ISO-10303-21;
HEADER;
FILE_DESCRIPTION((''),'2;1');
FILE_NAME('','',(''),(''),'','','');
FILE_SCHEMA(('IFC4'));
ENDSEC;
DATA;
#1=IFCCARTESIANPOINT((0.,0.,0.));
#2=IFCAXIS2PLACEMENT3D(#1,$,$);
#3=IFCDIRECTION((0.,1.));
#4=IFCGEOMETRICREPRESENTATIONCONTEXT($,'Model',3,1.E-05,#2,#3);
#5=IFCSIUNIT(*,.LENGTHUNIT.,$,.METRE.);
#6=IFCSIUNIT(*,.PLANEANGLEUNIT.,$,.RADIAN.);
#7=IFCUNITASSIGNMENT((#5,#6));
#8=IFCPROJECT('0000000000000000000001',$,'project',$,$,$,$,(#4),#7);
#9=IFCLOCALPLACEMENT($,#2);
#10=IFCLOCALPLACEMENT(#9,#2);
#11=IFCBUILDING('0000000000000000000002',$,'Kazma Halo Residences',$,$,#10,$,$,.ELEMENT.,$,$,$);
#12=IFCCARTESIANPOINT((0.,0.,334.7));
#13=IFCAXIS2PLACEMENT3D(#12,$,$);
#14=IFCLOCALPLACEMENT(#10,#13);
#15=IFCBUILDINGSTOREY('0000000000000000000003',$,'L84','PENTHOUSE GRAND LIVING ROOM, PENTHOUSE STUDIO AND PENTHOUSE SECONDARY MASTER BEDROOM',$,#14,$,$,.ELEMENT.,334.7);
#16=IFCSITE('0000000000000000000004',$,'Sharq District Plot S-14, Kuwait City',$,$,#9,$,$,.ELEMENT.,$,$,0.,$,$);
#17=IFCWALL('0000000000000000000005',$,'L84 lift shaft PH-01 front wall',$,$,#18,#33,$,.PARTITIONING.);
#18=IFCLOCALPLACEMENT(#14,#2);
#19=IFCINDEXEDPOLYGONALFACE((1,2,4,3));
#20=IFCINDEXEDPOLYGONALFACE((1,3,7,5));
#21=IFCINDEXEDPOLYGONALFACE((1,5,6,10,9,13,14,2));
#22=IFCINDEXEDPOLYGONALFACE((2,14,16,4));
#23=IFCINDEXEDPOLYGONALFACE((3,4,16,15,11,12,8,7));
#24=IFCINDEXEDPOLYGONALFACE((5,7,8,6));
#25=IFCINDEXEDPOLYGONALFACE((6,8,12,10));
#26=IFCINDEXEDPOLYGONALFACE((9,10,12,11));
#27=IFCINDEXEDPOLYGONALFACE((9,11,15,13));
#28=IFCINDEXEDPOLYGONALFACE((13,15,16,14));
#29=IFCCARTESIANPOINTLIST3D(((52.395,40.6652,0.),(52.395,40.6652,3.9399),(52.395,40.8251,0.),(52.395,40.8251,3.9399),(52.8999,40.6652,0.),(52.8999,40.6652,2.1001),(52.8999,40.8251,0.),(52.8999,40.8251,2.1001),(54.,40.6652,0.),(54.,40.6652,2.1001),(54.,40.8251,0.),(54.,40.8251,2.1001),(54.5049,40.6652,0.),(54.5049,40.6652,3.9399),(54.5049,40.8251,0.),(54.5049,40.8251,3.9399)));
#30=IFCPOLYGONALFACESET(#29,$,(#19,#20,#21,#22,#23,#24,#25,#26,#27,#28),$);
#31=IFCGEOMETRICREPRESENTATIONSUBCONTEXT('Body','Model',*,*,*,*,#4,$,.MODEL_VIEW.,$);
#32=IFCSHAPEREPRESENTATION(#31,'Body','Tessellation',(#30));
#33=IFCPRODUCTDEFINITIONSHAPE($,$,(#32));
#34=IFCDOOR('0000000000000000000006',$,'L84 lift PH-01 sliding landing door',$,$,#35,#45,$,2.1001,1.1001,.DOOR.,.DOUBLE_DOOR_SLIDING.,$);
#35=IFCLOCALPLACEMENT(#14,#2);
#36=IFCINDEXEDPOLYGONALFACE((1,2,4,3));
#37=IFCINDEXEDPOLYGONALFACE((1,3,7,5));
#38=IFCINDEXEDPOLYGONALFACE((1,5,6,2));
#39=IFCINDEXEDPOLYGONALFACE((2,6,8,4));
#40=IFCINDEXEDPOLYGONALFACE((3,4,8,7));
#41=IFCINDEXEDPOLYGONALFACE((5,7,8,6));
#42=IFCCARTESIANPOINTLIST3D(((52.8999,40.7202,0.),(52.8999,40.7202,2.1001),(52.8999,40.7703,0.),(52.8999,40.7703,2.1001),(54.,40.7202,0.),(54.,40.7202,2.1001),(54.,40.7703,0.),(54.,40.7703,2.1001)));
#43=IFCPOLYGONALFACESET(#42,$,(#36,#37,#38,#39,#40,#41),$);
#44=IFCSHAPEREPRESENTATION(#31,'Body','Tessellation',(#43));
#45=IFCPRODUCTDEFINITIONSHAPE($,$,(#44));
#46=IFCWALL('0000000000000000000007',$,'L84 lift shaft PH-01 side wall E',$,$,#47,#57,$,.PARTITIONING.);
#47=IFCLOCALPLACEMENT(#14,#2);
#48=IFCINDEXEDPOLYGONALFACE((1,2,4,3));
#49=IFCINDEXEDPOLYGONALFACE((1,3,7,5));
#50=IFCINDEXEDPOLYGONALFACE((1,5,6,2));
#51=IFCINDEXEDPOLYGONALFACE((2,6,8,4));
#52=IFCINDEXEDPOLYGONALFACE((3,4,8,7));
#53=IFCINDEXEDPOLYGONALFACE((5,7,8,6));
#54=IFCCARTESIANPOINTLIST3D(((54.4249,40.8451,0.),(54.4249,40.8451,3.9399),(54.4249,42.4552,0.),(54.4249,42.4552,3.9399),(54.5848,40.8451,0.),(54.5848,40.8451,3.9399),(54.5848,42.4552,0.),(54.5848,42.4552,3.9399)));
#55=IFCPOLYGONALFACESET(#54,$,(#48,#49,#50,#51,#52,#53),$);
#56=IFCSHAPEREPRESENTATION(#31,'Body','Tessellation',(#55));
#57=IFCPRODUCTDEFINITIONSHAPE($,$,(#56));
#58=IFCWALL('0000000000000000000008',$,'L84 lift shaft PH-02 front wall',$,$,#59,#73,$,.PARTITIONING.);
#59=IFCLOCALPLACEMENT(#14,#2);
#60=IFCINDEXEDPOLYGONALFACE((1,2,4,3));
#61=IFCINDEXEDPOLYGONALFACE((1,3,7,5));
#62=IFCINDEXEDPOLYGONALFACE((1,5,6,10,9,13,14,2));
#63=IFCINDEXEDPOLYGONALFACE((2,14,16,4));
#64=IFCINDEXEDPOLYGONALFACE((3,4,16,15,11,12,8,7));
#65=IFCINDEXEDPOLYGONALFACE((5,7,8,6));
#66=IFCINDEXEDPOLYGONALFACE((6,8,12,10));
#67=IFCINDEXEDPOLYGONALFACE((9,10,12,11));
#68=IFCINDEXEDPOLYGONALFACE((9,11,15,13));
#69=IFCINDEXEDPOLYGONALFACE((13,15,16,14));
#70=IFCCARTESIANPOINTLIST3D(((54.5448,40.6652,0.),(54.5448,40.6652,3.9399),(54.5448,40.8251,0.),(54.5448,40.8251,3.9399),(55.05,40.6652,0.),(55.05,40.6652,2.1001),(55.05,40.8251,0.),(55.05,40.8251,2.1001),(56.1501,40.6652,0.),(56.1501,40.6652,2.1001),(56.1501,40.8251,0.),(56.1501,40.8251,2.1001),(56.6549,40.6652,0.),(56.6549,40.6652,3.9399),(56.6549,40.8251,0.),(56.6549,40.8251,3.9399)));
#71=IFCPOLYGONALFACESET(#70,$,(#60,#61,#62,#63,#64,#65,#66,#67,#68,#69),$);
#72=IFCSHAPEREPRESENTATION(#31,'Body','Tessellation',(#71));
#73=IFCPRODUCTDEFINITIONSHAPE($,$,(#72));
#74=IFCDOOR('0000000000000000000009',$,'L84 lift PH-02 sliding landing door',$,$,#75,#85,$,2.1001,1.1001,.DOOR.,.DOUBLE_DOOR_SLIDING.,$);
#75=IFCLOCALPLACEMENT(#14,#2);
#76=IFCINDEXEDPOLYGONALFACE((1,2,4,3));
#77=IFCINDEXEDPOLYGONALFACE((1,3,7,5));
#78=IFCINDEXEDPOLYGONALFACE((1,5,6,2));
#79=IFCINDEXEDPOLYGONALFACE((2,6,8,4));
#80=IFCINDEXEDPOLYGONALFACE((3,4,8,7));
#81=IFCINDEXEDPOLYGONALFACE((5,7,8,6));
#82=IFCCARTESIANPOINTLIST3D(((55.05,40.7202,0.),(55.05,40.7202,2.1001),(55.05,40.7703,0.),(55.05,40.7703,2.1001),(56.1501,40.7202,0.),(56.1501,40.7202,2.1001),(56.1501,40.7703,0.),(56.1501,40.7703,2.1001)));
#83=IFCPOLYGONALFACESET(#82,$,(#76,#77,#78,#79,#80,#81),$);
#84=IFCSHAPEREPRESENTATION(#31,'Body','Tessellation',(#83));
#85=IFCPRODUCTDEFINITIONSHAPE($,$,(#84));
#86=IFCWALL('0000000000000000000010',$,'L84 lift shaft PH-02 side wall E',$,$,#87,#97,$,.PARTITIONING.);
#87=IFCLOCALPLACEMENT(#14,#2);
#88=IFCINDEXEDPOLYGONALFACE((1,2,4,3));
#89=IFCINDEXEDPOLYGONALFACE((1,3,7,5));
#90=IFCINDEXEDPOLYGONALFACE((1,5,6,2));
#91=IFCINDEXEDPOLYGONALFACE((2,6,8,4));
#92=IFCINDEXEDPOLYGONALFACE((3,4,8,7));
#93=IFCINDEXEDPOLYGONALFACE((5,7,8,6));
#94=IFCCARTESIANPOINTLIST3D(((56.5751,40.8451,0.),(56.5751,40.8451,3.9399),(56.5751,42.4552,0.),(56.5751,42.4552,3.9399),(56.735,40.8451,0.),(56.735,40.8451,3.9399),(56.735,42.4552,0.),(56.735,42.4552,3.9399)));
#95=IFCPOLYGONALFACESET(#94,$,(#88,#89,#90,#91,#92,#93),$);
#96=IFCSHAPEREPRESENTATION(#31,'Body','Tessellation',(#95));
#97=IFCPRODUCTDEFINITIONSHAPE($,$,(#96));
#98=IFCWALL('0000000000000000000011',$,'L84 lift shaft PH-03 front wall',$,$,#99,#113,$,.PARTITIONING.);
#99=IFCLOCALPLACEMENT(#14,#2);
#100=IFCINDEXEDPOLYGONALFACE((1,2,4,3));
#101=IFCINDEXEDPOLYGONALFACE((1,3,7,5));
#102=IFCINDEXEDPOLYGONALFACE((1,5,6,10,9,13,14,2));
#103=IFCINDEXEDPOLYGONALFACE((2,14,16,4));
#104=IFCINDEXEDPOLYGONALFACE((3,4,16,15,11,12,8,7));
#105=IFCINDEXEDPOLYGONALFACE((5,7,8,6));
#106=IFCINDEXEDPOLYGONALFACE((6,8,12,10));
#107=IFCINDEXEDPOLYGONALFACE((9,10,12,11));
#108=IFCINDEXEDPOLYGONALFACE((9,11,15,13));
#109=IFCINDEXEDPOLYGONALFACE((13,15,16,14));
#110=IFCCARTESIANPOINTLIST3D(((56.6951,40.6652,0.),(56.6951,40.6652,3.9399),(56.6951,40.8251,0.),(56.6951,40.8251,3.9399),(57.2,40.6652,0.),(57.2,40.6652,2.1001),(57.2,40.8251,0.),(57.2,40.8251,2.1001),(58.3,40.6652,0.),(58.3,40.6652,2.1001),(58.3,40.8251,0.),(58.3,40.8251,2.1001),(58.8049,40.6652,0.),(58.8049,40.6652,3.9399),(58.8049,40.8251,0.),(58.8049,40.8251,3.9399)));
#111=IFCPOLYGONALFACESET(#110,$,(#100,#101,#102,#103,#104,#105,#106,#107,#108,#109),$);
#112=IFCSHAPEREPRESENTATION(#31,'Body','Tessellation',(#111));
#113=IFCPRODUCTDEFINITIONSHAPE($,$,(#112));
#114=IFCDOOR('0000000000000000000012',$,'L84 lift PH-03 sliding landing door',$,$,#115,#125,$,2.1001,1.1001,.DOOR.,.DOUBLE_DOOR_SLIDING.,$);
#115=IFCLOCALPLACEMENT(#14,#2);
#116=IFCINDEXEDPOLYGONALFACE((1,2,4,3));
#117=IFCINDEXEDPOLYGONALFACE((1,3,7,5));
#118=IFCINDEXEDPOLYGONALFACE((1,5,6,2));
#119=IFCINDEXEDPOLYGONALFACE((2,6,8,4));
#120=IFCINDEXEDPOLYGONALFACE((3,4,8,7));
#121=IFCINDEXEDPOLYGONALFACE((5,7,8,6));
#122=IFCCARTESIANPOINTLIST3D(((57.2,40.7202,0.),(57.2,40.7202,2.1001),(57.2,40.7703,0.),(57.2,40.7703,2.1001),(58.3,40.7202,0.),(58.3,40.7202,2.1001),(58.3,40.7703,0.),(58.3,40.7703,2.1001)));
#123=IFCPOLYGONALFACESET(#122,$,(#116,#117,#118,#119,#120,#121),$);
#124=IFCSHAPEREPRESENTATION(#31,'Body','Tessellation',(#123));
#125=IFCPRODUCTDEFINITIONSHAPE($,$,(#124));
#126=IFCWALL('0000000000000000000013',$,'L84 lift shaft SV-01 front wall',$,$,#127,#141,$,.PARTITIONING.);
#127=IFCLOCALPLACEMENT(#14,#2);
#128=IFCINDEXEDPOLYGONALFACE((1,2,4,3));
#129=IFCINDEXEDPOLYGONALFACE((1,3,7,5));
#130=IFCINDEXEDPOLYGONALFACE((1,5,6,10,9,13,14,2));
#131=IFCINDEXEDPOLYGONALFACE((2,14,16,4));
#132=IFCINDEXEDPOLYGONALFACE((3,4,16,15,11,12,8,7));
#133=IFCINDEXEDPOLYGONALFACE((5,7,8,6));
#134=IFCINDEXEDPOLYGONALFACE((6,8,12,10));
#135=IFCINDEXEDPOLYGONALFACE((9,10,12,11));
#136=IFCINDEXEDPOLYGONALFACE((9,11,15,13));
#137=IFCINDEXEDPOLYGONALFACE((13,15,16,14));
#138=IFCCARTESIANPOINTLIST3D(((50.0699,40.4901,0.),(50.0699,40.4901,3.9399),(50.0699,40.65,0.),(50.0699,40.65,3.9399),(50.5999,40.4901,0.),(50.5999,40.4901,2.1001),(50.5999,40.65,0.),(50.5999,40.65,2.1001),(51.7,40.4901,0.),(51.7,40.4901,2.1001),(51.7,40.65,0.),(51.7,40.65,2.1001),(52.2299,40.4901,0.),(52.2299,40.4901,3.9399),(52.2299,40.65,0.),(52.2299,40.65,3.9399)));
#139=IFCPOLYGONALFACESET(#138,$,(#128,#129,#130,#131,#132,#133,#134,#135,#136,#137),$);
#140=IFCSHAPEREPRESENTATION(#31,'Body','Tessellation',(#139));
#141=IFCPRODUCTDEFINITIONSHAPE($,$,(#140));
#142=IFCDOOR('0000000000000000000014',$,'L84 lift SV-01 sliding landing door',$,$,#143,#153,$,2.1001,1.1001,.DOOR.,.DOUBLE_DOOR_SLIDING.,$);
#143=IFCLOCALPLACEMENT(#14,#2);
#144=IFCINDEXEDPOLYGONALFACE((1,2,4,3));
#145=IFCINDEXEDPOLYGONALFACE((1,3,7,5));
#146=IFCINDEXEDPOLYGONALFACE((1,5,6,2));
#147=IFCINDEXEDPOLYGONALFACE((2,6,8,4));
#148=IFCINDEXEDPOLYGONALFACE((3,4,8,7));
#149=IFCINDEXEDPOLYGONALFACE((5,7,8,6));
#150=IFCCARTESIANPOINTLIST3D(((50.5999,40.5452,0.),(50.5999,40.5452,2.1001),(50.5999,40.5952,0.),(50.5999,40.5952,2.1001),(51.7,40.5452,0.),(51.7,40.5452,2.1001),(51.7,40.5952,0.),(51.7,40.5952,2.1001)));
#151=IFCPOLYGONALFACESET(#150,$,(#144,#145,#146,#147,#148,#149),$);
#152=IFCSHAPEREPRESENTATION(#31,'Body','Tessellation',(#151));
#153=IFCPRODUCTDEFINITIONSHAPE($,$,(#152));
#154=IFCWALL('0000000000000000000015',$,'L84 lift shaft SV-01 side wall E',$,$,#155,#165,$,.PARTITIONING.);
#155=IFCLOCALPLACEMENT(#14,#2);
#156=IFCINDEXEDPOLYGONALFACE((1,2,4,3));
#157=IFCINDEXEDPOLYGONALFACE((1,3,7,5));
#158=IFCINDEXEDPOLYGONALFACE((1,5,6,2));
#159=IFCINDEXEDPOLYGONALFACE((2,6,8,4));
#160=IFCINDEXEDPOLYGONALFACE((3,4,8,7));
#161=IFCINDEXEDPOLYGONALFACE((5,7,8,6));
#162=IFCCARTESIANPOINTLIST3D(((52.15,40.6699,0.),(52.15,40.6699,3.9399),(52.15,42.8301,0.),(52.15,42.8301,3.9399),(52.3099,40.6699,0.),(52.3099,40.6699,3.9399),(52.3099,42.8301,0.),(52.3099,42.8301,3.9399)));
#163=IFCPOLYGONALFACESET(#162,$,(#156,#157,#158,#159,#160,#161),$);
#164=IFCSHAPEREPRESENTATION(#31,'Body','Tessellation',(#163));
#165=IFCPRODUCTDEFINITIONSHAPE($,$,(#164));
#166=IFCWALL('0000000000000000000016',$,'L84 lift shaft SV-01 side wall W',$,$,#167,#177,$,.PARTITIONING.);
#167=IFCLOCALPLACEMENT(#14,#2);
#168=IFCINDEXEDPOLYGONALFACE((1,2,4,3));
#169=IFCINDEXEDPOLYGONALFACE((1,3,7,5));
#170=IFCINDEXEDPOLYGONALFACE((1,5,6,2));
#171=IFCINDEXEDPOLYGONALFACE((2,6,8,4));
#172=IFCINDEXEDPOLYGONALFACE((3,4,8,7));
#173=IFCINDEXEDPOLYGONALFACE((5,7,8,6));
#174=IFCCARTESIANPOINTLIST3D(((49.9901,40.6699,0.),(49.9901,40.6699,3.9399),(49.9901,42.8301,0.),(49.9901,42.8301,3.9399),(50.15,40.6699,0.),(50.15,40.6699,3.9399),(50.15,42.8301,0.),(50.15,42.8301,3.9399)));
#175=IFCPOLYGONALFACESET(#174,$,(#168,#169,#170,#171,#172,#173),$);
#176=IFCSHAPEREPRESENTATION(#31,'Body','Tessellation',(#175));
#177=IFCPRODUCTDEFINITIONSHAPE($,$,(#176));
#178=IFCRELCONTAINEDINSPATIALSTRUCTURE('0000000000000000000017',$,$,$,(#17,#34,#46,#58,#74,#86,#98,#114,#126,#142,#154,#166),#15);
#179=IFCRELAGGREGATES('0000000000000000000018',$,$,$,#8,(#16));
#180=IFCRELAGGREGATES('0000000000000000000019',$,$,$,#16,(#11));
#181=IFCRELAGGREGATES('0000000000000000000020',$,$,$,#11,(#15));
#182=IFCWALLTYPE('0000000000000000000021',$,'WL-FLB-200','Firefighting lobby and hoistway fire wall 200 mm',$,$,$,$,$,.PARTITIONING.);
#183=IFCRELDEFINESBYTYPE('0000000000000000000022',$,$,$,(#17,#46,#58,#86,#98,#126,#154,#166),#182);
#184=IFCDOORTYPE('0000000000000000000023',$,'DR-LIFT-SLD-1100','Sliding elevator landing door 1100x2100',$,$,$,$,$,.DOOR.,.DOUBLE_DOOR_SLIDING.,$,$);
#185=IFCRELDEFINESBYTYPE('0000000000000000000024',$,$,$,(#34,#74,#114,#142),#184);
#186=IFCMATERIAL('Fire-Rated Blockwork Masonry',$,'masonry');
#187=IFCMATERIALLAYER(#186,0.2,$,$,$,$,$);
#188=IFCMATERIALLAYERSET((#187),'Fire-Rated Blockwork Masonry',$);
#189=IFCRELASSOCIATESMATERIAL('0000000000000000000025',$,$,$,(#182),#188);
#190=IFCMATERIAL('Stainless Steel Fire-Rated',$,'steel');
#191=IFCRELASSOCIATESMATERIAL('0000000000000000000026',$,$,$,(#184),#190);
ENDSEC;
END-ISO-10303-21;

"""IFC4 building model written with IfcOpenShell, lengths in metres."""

from ifc_helpers import new_model, si_unit, direction, frame, frame_2d, origin, place, context, subcontext, project, spatial, rectangle, extrude, material, layer, layer_set, type_object, element, fill, save


model = new_model("IFC4")

# Units and contexts
model_context = context("Model", 3, precision=1e-05, world=origin(), true_north=direction((0.0, 1.0)))
body_context = subcontext(model_context, "Body", "Model", "MODEL_VIEW")
ifc_project = project(units=[si_unit("LENGTHUNIT", "METRE"), si_unit("PLANEANGLEUNIT", "RADIAN")], contexts=[model_context])

# Site, building, storey
site_placement = place(None, origin())
site = spatial("IfcSite", under=ifc_project, at=site_placement, Name="Sharq District Plot S-14, Kuwait City", CompositionType="ELEMENT", RefElevation=0.0)
building_placement = place(site_placement, origin())
building = spatial("IfcBuilding", under=site, at=building_placement, Name="Kazma Halo Residences", CompositionType="ELEMENT")
storey_placement = place(building_placement, frame((0.0, 0.0, 334.7)))
storey = spatial("IfcBuildingStorey", under=building, at=storey_placement, Name="L84", Description="PENTHOUSE GRAND LIVING ROOM, PENTHOUSE STUDIO AND PENTHOUSE SECONDARY MASTER BEDROOM", CompositionType="ELEMENT", Elevation=334.7)

# Wall, opening, door
ifc_material_1 = material(Name="Fire-Rated Blockwork Masonry", Category="masonry")
ifc_layer_1 = layer(ifc_material_1, 0.2)
ifc_layer_set_1 = layer_set([ifc_layer_1], Name="Fire-Rated Blockwork Masonry")
wall_type_1 = type_object("IfcWallType", Name="WL-FLB-200", Description="Firefighting lobby and hoistway fire wall 200 mm", PredefinedType="PARTITIONING", material=ifc_layer_set_1)
wall_1_placement = place(storey_placement, frame((54.5049, 40.7451, 0.0), z_axis=(0.0, 0.0, 1.0), x_axis=(-1.0, 0.0, 0.0)))
wall_1 = element("IfcWall", 1, at=wall_1_placement, inside=storey, type_object=wall_type_1, Name="L84 lift shaft PH-01 front wall", PredefinedType="PARTITIONING", context=body_context, shape_type="SweptSolid", body=[
    extrude(rectangle(XDim=2.1099, YDim=0.1599, at=frame_2d((1.0549, 0.0))), origin(), (0.0, 0.0, 1.0), 3.9399),
])
opening_1_placement = place(wall_1_placement, frame((0.5049, 0.0, 0.0)))
opening_1 = element("IfcOpeningElement", 2, at=opening_1_placement, cuts=wall_1, PredefinedType="OPENING", context=body_context, shape_type="SweptSolid", body=[
    extrude(rectangle(XDim=1.1001, YDim=2.1001, at=frame_2d((0.55, 1.05))), frame((0.0, 0.0898, 0.0), z_axis=(0.0, -1.0, 0.0), x_axis=(1.0, 0.0, 0.0)), (0.0, 0.0, 1.0), 0.1799),
])
ifc_material_2 = material(Name="Stainless Steel Fire-Rated", Category="steel")
door_type_1 = type_object("IfcDoorType", Name="DR-LIFT-SLD-1100", Description="Sliding elevator landing door 1100x2100", OperationType="DOUBLE_DOOR_SLIDING", PredefinedType="DOOR", material=ifc_material_2)
door_1_placement = place(opening_1_placement, origin())
door_1 = element("IfcDoor", 3, at=door_1_placement, inside=storey, type_object=door_type_1, Name="L84 lift PH-01 sliding landing door", OperationType="DOUBLE_DOOR_SLIDING", OverallHeight=2.1001, OverallWidth=1.1001, PredefinedType="DOOR", context=body_context, shape_type="SweptSolid", body=[
    extrude(rectangle(XDim=1.1001, YDim=2.1001, at=frame_2d((0.55, 1.05))), frame((0.0, 0.0249, 0.0), z_axis=(0.0, -1.0, 0.0), x_axis=(1.0, 0.0, 0.0)), (0.0, 0.0, 1.0), 0.05),
])
fill(opening_1, door_1)

# Wall
wall_2_placement = place(storey_placement, frame((54.5049, 40.845, 0.0), z_axis=(0.0, 0.0, 1.0), x_axis=(0.0, 1.0, 0.0)))
element("IfcWall", 4, at=wall_2_placement, inside=storey, type_object=wall_type_1, Name="L84 lift shaft PH-01 side wall E", PredefinedType="PARTITIONING", context=body_context, shape_type="SweptSolid", body=[
    extrude(rectangle(XDim=1.6101, YDim=0.1599, at=frame_2d((0.8052, 0.0))), origin(), (0.0, 0.0, 1.0), 3.9399),
])

# Wall, opening, door
wall_3_placement = place(storey_placement, frame((56.655, 40.7451, 0.0), z_axis=(0.0, 0.0, 1.0), x_axis=(-1.0, 0.0, 0.0)))
wall_3 = element("IfcWall", 5, at=wall_3_placement, inside=storey, type_object=wall_type_1, Name="L84 lift shaft PH-02 front wall", PredefinedType="PARTITIONING", context=body_context, shape_type="SweptSolid", body=[
    extrude(rectangle(XDim=2.1101, YDim=0.1599, at=frame_2d((1.0552, 0.0))), origin(), (0.0, 0.0, 1.0), 3.9399),
])
opening_2_placement = place(wall_3_placement, frame((0.5049, 0.0, 0.0)))
opening_2 = element("IfcOpeningElement", 6, at=opening_2_placement, cuts=wall_3, PredefinedType="OPENING", context=body_context, shape_type="SweptSolid", body=[
    extrude(rectangle(XDim=1.1001, YDim=2.1001, at=frame_2d((0.55, 1.05))), frame((0.0, 0.0898, 0.0), z_axis=(0.0, -1.0, 0.0), x_axis=(1.0, 0.0, 0.0)), (0.0, 0.0, 1.0), 0.1799),
])
door_2_placement = place(opening_2_placement, origin())
door_2 = element("IfcDoor", 7, at=door_2_placement, inside=storey, type_object=door_type_1, Name="L84 lift PH-02 sliding landing door", OperationType="DOUBLE_DOOR_SLIDING", OverallHeight=2.1001, OverallWidth=1.1001, PredefinedType="DOOR", context=body_context, shape_type="SweptSolid", body=[
    extrude(rectangle(XDim=1.1001, YDim=2.1001, at=frame_2d((0.55, 1.05))), frame((0.0, 0.0249, 0.0), z_axis=(0.0, -1.0, 0.0), x_axis=(1.0, 0.0, 0.0)), (0.0, 0.0, 1.0), 0.05),
])
fill(opening_2, door_2)

# Wall
wall_4_placement = place(storey_placement, frame((56.655, 40.845, 0.0), z_axis=(0.0, 0.0, 1.0), x_axis=(0.0, 1.0, 0.0)))
element("IfcWall", 8, at=wall_4_placement, inside=storey, type_object=wall_type_1, Name="L84 lift shaft PH-02 side wall E", PredefinedType="PARTITIONING", context=body_context, shape_type="SweptSolid", body=[
    extrude(rectangle(XDim=1.6101, YDim=0.1599, at=frame_2d((0.8052, 0.0))), origin(), (0.0, 0.0, 1.0), 3.9399),
])

# Walls, openings, doors
wall_5_placement = place(storey_placement, frame((58.8049, 40.7451, 0.0), z_axis=(0.0, 0.0, 1.0), x_axis=(-1.0, 0.0, 0.0)))
wall_5 = element("IfcWall", 9, at=wall_5_placement, inside=storey, type_object=wall_type_1, Name="L84 lift shaft PH-03 front wall", PredefinedType="PARTITIONING", context=body_context, shape_type="SweptSolid", body=[
    extrude(rectangle(XDim=2.1099, YDim=0.1599, at=frame_2d((1.0549, 0.0))), origin(), (0.0, 0.0, 1.0), 3.9399),
])
opening_3_placement = place(wall_5_placement, frame((0.5049, 0.0, 0.0)))
opening_3 = element("IfcOpeningElement", 10, at=opening_3_placement, cuts=wall_5, PredefinedType="OPENING", context=body_context, shape_type="SweptSolid", body=[
    extrude(rectangle(XDim=1.1001, YDim=2.1001, at=frame_2d((0.55, 1.05))), frame((0.0, 0.0898, 0.0), z_axis=(0.0, -1.0, 0.0), x_axis=(1.0, 0.0, 0.0)), (0.0, 0.0, 1.0), 0.1799),
])
door_3_placement = place(opening_3_placement, origin())
door_3 = element("IfcDoor", 11, at=door_3_placement, inside=storey, type_object=door_type_1, Name="L84 lift PH-03 sliding landing door", OperationType="DOUBLE_DOOR_SLIDING", OverallHeight=2.1001, OverallWidth=1.1001, PredefinedType="DOOR", context=body_context, shape_type="SweptSolid", body=[
    extrude(rectangle(XDim=1.1001, YDim=2.1001, at=frame_2d((0.55, 1.05))), frame((0.0, 0.0249, 0.0), z_axis=(0.0, -1.0, 0.0), x_axis=(1.0, 0.0, 0.0)), (0.0, 0.0, 1.0), 0.05),
])
fill(opening_3, door_3)
wall_6_placement = place(storey_placement, frame((52.23, 40.5701, 0.0), z_axis=(0.0, 0.0, 1.0), x_axis=(-1.0, 0.0, 0.0)))
wall_6 = element("IfcWall", 12, at=wall_6_placement, inside=storey, type_object=wall_type_1, Name="L84 lift shaft SV-01 front wall", PredefinedType="PARTITIONING", context=body_context, shape_type="SweptSolid", body=[
    extrude(rectangle(XDim=2.1599, YDim=0.1599, at=frame_2d((1.0801, 0.0))), origin(), (0.0, 0.0, 1.0), 3.9399),
])
opening_4_placement = place(wall_6_placement, frame((0.53, 0.0, 0.0)))
opening_4 = element("IfcOpeningElement", 13, at=opening_4_placement, cuts=wall_6, PredefinedType="OPENING", context=body_context, shape_type="SweptSolid", body=[
    extrude(rectangle(XDim=1.1001, YDim=2.1001, at=frame_2d((0.55, 1.05))), frame((0.0, 0.0898, 0.0), z_axis=(0.0, -1.0, 0.0), x_axis=(1.0, 0.0, 0.0)), (0.0, 0.0, 1.0), 0.1799),
])
door_4_placement = place(opening_4_placement, origin())
door_4 = element("IfcDoor", 14, at=door_4_placement, inside=storey, type_object=door_type_1, Name="L84 lift SV-01 sliding landing door", OperationType="DOUBLE_DOOR_SLIDING", OverallHeight=2.1001, OverallWidth=1.1001, PredefinedType="DOOR", context=body_context, shape_type="SweptSolid", body=[
    extrude(rectangle(XDim=1.1001, YDim=2.1001, at=frame_2d((0.55, 1.05))), frame((0.0, 0.0249, 0.0), z_axis=(0.0, -1.0, 0.0), x_axis=(1.0, 0.0, 0.0)), (0.0, 0.0, 1.0), 0.05),
])
fill(opening_4, door_4)

# Walls
for number, where, z_axis, x_axis, name in (
    (15, (52.23, 40.6699, 0.0), (0.0, 0.0, 1.0), (0.0, 1.0, 0.0), "L84 lift shaft SV-01 side wall E"),
    (16, (50.0701, 40.6699, 0.0), (0.0, 0.0, 1.0), (0.0, 1.0, 0.0), "L84 lift shaft SV-01 side wall W"),
):
    element("IfcWall", number, at=place(storey_placement, frame(where, z_axis=z_axis, x_axis=x_axis)), inside=storey, type_object=wall_type_1, Name=name, PredefinedType="PARTITIONING", context=body_context, shape_type="SweptSolid", body=[
        extrude(rectangle(XDim=2.1602, YDim=0.1599, at=frame_2d((1.0801, 0.0))), origin(), (0.0, 0.0, 1.0), 3.9399),
    ])

save(model, "model.ifc")
